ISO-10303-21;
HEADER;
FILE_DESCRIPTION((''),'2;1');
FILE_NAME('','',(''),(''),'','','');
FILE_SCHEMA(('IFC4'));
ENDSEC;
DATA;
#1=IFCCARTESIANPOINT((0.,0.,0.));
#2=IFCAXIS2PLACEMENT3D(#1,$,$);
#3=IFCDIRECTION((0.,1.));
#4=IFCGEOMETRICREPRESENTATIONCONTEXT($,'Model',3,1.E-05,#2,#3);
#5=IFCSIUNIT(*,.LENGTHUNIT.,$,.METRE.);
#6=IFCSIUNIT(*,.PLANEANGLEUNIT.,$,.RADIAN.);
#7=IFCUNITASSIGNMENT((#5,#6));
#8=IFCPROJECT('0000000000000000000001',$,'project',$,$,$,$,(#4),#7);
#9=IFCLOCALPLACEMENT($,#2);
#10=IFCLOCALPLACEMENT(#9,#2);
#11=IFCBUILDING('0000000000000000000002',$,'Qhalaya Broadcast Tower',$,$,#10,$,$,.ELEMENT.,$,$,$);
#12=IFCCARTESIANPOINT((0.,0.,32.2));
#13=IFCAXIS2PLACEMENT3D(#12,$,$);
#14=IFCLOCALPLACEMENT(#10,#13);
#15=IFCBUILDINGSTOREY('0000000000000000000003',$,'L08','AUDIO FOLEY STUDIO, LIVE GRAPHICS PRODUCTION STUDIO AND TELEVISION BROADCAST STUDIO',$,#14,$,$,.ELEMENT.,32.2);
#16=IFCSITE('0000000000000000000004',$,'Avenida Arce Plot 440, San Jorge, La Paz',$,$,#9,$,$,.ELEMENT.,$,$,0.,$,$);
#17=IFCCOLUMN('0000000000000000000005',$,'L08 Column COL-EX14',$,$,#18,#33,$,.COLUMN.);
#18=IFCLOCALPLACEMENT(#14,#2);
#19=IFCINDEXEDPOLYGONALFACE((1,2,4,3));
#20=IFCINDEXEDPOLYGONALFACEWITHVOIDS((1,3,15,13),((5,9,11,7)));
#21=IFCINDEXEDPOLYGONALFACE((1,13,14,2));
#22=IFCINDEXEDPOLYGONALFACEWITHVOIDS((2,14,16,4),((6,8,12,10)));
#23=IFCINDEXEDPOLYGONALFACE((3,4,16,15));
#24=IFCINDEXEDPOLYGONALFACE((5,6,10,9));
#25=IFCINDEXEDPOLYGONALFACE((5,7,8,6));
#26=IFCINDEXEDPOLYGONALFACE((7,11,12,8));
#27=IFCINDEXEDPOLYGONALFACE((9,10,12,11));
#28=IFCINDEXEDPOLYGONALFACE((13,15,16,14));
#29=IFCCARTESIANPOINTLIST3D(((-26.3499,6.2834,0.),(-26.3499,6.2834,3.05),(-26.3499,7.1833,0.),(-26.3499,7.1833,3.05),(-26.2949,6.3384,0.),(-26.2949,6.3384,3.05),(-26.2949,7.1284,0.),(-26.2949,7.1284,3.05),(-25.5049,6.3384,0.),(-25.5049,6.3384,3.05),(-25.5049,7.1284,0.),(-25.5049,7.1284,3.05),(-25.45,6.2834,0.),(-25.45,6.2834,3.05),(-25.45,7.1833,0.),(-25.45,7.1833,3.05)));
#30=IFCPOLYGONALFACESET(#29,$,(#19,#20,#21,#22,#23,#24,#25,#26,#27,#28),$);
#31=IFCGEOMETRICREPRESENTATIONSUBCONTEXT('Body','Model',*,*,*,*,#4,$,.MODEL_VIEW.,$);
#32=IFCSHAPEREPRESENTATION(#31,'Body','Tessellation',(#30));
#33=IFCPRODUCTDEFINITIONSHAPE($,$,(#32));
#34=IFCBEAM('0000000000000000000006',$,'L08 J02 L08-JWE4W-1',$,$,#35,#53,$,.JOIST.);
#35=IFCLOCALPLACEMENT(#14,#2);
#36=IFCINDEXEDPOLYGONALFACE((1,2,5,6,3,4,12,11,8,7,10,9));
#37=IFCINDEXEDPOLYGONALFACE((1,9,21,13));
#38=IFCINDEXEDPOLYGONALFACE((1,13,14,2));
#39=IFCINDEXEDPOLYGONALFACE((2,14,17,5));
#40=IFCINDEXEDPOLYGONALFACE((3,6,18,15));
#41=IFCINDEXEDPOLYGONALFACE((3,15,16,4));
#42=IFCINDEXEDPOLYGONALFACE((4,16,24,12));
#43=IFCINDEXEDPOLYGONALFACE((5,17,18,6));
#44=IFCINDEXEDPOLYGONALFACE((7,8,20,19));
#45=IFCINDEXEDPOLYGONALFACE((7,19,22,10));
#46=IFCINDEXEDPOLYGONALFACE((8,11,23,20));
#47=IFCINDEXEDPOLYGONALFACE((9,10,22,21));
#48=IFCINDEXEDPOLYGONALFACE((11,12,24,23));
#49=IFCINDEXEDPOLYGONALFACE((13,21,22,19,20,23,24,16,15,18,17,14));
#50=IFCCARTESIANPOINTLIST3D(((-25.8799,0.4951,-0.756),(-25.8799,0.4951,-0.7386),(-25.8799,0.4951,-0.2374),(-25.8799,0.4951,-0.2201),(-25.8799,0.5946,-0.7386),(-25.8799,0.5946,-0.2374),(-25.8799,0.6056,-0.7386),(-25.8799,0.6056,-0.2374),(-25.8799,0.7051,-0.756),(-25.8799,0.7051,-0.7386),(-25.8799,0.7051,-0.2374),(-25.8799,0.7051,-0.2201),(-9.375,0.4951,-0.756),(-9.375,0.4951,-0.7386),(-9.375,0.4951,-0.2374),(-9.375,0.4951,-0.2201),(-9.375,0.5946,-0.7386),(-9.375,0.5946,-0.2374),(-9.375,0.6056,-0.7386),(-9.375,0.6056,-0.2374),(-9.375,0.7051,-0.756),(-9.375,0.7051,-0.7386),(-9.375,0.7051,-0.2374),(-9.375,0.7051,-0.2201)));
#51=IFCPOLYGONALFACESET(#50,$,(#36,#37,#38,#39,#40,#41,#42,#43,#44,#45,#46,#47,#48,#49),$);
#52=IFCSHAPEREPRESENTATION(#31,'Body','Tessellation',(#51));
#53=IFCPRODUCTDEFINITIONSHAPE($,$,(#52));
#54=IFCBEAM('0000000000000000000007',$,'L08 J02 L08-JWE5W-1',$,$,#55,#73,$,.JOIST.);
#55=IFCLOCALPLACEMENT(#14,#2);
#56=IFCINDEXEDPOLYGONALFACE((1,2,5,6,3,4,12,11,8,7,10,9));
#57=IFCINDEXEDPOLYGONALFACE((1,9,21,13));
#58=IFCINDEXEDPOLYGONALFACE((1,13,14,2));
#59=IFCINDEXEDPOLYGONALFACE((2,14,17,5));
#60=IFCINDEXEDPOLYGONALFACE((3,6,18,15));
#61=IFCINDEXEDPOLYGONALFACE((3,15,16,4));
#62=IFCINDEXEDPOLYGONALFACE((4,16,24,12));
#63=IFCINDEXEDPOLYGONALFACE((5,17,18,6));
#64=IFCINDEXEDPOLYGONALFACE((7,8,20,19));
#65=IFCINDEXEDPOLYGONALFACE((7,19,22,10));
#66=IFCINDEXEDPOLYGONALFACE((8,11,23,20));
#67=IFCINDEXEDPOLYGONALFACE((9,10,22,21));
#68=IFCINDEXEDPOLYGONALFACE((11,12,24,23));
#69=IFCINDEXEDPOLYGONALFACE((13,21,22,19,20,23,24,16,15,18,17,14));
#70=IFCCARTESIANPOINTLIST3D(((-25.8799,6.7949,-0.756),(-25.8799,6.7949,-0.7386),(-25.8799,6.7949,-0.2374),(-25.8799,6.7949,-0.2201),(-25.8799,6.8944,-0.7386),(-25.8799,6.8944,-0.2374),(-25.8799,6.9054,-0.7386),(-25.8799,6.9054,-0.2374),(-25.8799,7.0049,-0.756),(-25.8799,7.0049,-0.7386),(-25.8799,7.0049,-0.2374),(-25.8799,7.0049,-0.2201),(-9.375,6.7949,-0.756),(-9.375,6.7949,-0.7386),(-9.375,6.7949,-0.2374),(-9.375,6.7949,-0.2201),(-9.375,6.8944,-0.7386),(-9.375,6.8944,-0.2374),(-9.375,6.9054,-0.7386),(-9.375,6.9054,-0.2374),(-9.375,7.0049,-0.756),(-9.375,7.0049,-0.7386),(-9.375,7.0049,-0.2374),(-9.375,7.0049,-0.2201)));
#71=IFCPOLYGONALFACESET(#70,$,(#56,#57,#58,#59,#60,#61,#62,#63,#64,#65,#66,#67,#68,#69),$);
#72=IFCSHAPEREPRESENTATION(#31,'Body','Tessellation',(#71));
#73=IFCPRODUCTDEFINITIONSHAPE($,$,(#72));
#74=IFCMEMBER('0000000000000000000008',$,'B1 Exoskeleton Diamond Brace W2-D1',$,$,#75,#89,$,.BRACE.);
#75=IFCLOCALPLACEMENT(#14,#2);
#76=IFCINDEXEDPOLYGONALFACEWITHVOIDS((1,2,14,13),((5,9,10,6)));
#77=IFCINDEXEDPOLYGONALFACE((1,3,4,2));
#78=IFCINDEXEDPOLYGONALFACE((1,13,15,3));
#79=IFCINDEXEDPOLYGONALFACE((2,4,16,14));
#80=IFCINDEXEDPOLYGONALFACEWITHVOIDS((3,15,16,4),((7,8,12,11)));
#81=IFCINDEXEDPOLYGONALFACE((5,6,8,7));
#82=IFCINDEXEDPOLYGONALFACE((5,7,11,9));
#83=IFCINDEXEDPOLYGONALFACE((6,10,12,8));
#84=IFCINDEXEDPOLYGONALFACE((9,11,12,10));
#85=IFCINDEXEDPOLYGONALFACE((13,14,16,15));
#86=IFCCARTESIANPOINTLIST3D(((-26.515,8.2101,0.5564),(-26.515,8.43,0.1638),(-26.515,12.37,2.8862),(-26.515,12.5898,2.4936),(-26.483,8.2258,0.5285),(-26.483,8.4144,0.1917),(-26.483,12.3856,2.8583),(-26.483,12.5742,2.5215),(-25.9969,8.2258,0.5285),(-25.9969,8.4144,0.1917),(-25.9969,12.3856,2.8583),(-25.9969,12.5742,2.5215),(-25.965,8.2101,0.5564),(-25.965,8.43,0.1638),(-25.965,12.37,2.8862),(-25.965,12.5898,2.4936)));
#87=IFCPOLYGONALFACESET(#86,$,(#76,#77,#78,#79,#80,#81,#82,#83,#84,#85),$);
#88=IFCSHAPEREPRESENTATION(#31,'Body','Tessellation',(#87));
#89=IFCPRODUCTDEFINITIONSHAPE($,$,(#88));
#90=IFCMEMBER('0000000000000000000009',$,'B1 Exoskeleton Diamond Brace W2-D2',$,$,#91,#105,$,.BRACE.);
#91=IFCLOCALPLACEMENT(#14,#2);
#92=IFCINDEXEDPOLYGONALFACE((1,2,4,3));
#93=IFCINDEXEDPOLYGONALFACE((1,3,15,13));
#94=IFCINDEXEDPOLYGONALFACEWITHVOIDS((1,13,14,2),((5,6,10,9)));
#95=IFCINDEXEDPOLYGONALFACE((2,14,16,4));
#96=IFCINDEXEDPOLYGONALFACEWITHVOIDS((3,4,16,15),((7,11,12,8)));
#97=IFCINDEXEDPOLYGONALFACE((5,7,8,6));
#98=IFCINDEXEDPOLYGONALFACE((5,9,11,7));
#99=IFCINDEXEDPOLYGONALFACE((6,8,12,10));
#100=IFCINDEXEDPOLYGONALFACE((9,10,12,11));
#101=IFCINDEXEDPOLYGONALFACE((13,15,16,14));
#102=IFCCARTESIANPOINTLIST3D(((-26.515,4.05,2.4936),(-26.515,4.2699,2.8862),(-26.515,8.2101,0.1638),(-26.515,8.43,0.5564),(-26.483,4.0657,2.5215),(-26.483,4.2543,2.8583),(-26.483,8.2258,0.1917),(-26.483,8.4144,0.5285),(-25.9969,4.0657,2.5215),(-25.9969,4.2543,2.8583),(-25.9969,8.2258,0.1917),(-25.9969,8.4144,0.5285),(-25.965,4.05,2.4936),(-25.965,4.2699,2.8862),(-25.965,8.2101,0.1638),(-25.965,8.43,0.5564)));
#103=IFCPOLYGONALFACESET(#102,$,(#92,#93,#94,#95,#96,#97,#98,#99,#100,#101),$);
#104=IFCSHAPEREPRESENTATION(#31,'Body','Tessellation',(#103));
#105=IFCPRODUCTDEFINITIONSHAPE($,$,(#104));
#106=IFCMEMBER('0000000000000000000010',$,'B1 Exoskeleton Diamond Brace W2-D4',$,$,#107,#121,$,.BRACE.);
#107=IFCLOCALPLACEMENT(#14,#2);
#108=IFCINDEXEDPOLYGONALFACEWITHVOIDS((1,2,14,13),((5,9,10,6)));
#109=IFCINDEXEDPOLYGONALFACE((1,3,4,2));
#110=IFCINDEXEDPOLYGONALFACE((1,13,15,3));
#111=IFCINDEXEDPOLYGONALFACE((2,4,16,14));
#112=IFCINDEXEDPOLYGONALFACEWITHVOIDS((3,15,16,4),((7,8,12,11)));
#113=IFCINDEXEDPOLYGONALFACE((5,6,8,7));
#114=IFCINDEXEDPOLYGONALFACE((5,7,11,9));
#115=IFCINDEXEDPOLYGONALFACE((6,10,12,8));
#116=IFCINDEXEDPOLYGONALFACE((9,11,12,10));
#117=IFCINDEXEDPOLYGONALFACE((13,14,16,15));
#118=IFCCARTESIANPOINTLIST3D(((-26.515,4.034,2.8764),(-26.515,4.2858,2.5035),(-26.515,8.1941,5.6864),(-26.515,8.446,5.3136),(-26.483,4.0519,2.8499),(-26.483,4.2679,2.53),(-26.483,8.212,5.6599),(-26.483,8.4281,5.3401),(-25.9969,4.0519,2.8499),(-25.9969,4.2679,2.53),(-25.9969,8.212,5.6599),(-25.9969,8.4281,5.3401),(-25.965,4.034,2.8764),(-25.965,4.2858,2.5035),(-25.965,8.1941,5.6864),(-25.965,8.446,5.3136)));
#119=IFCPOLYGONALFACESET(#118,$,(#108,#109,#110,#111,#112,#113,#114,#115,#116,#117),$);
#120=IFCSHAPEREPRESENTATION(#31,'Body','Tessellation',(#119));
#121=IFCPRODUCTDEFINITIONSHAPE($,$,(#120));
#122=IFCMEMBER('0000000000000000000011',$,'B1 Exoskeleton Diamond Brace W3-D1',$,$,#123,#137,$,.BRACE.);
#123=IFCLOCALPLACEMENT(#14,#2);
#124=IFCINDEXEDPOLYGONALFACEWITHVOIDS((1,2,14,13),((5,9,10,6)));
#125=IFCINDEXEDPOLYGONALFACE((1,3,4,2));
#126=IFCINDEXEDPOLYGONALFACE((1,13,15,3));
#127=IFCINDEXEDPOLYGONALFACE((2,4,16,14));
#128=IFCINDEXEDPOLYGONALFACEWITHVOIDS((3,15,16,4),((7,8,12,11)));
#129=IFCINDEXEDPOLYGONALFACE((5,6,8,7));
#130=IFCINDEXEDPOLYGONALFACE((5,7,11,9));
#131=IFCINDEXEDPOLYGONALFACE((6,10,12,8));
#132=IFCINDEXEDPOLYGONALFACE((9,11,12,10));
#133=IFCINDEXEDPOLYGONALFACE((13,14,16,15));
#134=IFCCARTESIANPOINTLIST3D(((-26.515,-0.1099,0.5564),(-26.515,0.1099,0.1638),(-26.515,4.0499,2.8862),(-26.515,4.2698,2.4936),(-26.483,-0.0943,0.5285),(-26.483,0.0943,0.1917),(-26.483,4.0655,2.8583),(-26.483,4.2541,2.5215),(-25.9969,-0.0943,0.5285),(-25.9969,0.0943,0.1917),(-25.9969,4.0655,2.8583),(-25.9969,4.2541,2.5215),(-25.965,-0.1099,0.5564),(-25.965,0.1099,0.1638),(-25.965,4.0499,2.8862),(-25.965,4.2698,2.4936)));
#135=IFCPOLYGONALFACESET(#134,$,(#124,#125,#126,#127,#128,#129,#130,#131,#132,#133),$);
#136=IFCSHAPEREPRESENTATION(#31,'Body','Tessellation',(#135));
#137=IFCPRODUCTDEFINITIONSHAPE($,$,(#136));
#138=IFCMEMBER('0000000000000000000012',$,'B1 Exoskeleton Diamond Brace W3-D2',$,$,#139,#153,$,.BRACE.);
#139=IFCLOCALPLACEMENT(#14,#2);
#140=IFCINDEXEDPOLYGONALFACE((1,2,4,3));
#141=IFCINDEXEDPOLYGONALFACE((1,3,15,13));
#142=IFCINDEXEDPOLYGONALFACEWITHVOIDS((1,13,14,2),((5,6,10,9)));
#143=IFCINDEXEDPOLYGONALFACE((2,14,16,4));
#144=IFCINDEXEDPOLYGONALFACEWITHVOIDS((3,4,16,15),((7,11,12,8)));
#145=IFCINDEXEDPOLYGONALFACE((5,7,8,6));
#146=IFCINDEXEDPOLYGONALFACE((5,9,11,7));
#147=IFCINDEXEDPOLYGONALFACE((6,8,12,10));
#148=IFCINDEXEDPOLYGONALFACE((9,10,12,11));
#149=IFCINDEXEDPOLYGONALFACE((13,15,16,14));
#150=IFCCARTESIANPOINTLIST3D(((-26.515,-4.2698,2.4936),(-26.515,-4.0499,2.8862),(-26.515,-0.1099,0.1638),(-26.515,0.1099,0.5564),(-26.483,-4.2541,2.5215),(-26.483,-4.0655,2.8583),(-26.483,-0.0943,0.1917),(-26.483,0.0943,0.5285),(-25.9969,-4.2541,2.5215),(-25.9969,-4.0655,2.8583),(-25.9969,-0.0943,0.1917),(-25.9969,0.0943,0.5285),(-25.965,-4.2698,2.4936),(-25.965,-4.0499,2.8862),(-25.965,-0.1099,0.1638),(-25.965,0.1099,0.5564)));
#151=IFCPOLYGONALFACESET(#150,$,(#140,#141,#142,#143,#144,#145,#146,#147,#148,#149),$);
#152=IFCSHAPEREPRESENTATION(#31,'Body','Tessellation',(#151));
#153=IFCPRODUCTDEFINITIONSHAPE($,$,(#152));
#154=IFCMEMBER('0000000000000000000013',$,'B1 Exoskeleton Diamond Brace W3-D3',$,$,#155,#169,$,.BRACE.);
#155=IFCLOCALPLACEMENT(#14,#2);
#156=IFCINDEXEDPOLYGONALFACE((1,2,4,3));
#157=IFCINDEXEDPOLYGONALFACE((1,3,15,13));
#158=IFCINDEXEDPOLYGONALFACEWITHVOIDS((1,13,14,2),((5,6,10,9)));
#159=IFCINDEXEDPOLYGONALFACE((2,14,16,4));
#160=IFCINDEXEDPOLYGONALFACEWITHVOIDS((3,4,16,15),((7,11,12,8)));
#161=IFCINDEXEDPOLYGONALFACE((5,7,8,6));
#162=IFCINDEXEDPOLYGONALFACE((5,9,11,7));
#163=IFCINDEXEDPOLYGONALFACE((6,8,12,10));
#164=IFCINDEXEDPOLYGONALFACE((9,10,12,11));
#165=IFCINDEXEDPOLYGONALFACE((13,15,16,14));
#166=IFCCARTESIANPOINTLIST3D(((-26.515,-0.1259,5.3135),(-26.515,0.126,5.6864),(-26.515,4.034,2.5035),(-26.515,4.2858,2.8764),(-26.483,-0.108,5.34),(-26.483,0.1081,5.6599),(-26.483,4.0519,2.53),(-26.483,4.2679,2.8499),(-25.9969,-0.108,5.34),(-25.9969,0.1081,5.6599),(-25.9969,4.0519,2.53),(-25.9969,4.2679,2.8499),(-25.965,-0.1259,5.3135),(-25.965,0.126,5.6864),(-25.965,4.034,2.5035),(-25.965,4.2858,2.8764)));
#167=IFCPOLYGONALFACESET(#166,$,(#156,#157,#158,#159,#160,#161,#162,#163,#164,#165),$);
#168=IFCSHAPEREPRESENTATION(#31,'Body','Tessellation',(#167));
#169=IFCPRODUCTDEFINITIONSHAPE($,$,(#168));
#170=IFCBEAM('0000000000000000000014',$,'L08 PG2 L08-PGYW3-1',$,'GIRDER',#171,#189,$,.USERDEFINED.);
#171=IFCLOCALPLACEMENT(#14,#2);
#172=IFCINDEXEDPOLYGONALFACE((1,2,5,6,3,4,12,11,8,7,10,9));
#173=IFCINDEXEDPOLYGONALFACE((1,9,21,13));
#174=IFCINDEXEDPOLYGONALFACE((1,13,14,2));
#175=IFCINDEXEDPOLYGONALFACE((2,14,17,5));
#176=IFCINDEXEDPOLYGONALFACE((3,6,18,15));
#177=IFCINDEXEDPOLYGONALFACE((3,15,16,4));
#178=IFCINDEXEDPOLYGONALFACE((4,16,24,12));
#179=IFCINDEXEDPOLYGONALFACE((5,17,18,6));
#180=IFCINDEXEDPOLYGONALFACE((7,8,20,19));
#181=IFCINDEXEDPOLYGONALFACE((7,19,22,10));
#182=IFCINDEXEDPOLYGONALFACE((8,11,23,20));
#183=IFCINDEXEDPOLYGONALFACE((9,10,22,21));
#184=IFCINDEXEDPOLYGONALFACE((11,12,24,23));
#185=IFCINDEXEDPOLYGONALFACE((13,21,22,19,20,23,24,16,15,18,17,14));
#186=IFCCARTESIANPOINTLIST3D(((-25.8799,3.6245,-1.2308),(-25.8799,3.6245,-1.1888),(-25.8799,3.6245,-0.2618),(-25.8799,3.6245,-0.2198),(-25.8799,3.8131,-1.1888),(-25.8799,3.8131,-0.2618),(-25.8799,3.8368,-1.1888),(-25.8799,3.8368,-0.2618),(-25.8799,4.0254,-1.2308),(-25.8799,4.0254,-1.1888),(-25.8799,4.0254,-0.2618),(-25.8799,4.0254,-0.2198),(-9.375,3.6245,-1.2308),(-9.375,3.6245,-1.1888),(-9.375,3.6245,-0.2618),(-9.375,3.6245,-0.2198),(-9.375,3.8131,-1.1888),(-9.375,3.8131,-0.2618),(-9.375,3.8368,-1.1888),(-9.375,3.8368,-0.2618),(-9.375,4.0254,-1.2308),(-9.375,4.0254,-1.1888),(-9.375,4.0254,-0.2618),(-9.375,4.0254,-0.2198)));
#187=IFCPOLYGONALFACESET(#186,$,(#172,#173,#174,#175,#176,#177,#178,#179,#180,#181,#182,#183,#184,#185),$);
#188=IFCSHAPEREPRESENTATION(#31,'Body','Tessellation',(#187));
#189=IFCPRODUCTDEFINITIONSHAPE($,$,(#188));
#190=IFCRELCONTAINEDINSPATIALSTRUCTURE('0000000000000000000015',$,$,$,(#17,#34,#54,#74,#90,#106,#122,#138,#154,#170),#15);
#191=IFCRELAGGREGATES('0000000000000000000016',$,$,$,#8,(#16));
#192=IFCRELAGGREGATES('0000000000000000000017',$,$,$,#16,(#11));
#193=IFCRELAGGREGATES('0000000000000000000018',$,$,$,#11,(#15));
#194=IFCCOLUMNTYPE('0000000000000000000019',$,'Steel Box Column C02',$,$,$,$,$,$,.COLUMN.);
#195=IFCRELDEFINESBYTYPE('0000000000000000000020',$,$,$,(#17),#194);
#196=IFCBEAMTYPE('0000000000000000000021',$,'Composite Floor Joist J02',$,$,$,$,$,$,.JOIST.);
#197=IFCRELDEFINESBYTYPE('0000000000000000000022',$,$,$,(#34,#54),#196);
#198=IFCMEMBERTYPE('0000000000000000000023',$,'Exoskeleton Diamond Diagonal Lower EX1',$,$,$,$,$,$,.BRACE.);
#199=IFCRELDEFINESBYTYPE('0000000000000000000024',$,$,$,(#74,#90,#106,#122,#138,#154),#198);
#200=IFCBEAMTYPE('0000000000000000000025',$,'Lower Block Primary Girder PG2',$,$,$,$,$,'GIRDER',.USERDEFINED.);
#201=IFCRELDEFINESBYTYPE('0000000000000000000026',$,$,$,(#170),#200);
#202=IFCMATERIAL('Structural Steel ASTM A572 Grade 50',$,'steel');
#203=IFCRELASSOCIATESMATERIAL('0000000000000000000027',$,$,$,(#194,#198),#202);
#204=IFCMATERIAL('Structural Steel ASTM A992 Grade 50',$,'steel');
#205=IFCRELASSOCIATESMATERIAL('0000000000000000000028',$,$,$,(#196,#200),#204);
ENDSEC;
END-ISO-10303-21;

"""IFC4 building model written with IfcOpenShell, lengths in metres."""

from ifc_helpers import new_model, si_unit, direction, frame, origin, origin_2d, place, context, subcontext, project, spatial, hollow_rectangle, i_section, extrude, material, material_profile, profile_set, type_object, element, save


model = new_model("IFC4")

# Units and contexts
model_context = context("Model", 3, precision=1e-05, world=origin(), true_north=direction((0.0, 1.0)))
body_context = subcontext(model_context, "Body", "Model", "MODEL_VIEW")
ifc_project = project(units=[si_unit("LENGTHUNIT", "METRE"), si_unit("PLANEANGLEUNIT", "RADIAN")], contexts=[model_context])

# Site, building, storey
site_placement = place(None, origin())
site = spatial("IfcSite", under=ifc_project, at=site_placement, Name="Avenida Arce Plot 440, San Jorge, La Paz", CompositionType="ELEMENT", RefElevation=0.0)
building_placement = place(site_placement, origin())
building = spatial("IfcBuilding", under=site, at=building_placement, Name="Qhalaya Broadcast Tower", CompositionType="ELEMENT")
storey_placement = place(building_placement, frame((0.0, 0.0, 32.2)))
storey = spatial("IfcBuildingStorey", under=building, at=storey_placement, Name="L08", Description="AUDIO FOLEY STUDIO, LIVE GRAPHICS PRODUCTION STUDIO AND TELEVISION BROADCAST STUDIO", CompositionType="ELEMENT", Elevation=32.2)

# Column
ifc_material_1 = material(Name="Structural Steel ASTM A572 Grade 50", Category="steel")
ifc_material_profile_1 = material_profile(ifc_material_1, hollow_rectangle(XDim=0.8999, YDim=0.8999, WallThickness=0.0549, at=origin_2d()), Name="BOX 900x900x55")
ifc_profile_set_1 = profile_set([ifc_material_profile_1], Name="Structural Steel ASTM A572 Grade 50")
column_type = type_object("IfcColumnType", Name="Steel Box Column C02", PredefinedType="COLUMN", material=ifc_profile_set_1)
column_placement = place(storey_placement, frame((-25.8999, 6.7334, 0.0), z_axis=(0.0, 0.0, 1.0), x_axis=(0.0, 1.0, 0.0)))
element("IfcColumn", 1, at=column_placement, inside=storey, type_object=column_type, Name="L08 Column COL-EX14", PredefinedType="COLUMN", context=body_context, shape_type="SweptSolid", body=[
    extrude(hollow_rectangle(XDim=0.8999, YDim=0.8999, WallThickness=0.0549, at=origin_2d()), origin(), (0.0, 0.0, 1.0), 3.05),
])

# Beams
ifc_material_2 = material(Name="Structural Steel ASTM A992 Grade 50", Category="steel")
ifc_material_profile_2 = material_profile(ifc_material_2, i_section(OverallWidth=0.21, OverallDepth=0.5359, WebThickness=0.011, FlangeThickness=0.0173, at=origin_2d()), Name="W21X68")
ifc_profile_set_2 = profile_set([ifc_material_profile_2], Name="Structural Steel ASTM A992 Grade 50")
beam_type_1 = type_object("IfcBeamType", Name="Composite Floor Joist J02", PredefinedType="JOIST", material=ifc_profile_set_2)
for number, where, z_axis, x_axis, name in (
    (2, (-25.8799, 0.6001, -0.488), (1.0, 0.0, 0.0), (0.0, 1.0, 0.0), "L08 J02 L08-JWE4W-1"),
    (3, (-25.8799, 6.8999, -0.488), (1.0, 0.0, 0.0), (0.0, 1.0, 0.0), "L08 J02 L08-JWE5W-1"),
):
    element("IfcBeam", number, at=place(storey_placement, frame(where, z_axis=z_axis, x_axis=x_axis)), inside=storey, type_object=beam_type_1, Name=name, PredefinedType="JOIST", context=body_context, shape_type="SweptSolid", body=[
        extrude(i_section(OverallWidth=0.21, OverallDepth=0.5359, WebThickness=0.011, FlangeThickness=0.0173, at=origin_2d()), origin(), (0.0, 0.0, 1.0), 16.5049),
    ])

# Members
ifc_material_profile_3 = material_profile(ifc_material_1, hollow_rectangle(XDim=0.45, YDim=0.55, WallThickness=0.032, at=origin_2d()), Name="BOX 450x550x32")
ifc_profile_set_3 = profile_set([ifc_material_profile_3], Name="Structural Steel ASTM A572 Grade 50")
member_type = type_object("IfcMemberType", Name="Exoskeleton Diamond Diagonal Lower EX1", PredefinedType="BRACE", material=ifc_profile_set_3)
member_1_placement = place(storey_placement, frame((-26.24, 8.3201, 0.3601), z_axis=(0.0, 0.872481, 0.488649), x_axis=(0.0, -0.488649, 0.872481)))
element("IfcMember", 4, at=member_1_placement, inside=storey, type_object=member_type, Name="B1 Exoskeleton Diamond Brace W2-D1", PredefinedType="BRACE", context=body_context, shape_type="SweptSolid", body=[
    extrude(hollow_rectangle(XDim=0.45, YDim=0.55, WallThickness=0.032, at=origin_2d()), origin(), (0.0, 0.0, 1.0), 4.7678),
])
member_2_placement = place(storey_placement, frame((-26.24, 8.3201, 0.3601), z_axis=(0.0, -0.872493, 0.488627), x_axis=(0.0, 0.488627, 0.872493)))
element("IfcMember", 5, at=member_2_placement, inside=storey, type_object=member_type, Name="B1 Exoskeleton Diamond Brace W2-D2", PredefinedType="BRACE", context=body_context, shape_type="SweptSolid", body=[
    extrude(hollow_rectangle(XDim=0.45, YDim=0.55, WallThickness=0.032, at=origin_2d()), origin(), (0.0, 0.0, 1.0), 4.7681),
])
member_3_placement = place(storey_placement, frame((-26.24, 4.1599, 2.6899), z_axis=(0.0, 0.828668, 0.55974), x_axis=(0.0, -0.55974, 0.828668)))
element("IfcMember", 6, at=member_3_placement, inside=storey, type_object=member_type, Name="B1 Exoskeleton Diamond Brace W2-D4", PredefinedType="BRACE", context=body_context, shape_type="SweptSolid", body=[
    extrude(hollow_rectangle(XDim=0.45, YDim=0.55, WallThickness=0.032, at=origin_2d()), origin(), (0.0, 0.0, 1.0), 5.0203),
])
for number, where, z_axis, x_axis, name in (
    (7, (-26.24, 0.0, 0.3601), (0.0, 0.872481, 0.488649), (0.0, -0.488649, 0.872481), "B1 Exoskeleton Diamond Brace W3-D1"),
    (8, (-26.24, 0.0, 0.3601), (0.0, -0.872481, 0.488649), (0.0, 0.488649, 0.872481), "B1 Exoskeleton Diamond Brace W3-D2"),
):
    element("IfcMember", number, at=place(storey_placement, frame(where, z_axis=z_axis, x_axis=x_axis)), inside=storey, type_object=member_type, Name=name, PredefinedType="BRACE", context=body_context, shape_type="SweptSolid", body=[
        extrude(hollow_rectangle(XDim=0.45, YDim=0.55, WallThickness=0.032, at=origin_2d()), origin(), (0.0, 0.0, 1.0), 4.7678),
    ])
member_4_placement = place(storey_placement, frame((-26.24, 4.1599, 2.6899), z_axis=(0.0, -0.828653, 0.559763), x_axis=(0.0, 0.559763, 0.828653)))
element("IfcMember", 9, at=member_4_placement, inside=storey, type_object=member_type, Name="B1 Exoskeleton Diamond Brace W3-D3", PredefinedType="BRACE", context=body_context, shape_type="SweptSolid", body=[
    extrude(hollow_rectangle(XDim=0.45, YDim=0.55, WallThickness=0.032, at=origin_2d()), origin(), (0.0, 0.0, 1.0), 5.02),
])

# Beam
ifc_material_profile_4 = material_profile(ifc_material_2, i_section(OverallWidth=0.4009, OverallDepth=1.011, WebThickness=0.0237, FlangeThickness=0.042, at=origin_2d()), Name="W40X297")
ifc_profile_set_4 = profile_set([ifc_material_profile_4], Name="Structural Steel ASTM A992 Grade 50")
beam_type_2 = type_object("IfcBeamType", Name="Lower Block Primary Girder PG2", ElementType="GIRDER", PredefinedType="USERDEFINED", material=ifc_profile_set_4)
for number, where, z_axis, x_axis, name in (
    (10, (-25.8799, 3.825, -0.7253), (1.0, 0.0, 0.0), (0.0, 1.0, 0.0), "L08 PG2 L08-PGYW3-1"),
):
    element("IfcBeam", number, at=place(storey_placement, frame(where, z_axis=z_axis, x_axis=x_axis)), inside=storey, type_object=beam_type_2, Name=name, ObjectType="GIRDER", PredefinedType="USERDEFINED", context=body_context, shape_type="SweptSolid", body=[
        extrude(i_section(OverallWidth=0.4009, OverallDepth=1.011, WebThickness=0.0237, FlangeThickness=0.042, at=origin_2d()), origin(), (0.0, 0.0, 1.0), 16.5049),
    ])

save(model, "model.ifc")
